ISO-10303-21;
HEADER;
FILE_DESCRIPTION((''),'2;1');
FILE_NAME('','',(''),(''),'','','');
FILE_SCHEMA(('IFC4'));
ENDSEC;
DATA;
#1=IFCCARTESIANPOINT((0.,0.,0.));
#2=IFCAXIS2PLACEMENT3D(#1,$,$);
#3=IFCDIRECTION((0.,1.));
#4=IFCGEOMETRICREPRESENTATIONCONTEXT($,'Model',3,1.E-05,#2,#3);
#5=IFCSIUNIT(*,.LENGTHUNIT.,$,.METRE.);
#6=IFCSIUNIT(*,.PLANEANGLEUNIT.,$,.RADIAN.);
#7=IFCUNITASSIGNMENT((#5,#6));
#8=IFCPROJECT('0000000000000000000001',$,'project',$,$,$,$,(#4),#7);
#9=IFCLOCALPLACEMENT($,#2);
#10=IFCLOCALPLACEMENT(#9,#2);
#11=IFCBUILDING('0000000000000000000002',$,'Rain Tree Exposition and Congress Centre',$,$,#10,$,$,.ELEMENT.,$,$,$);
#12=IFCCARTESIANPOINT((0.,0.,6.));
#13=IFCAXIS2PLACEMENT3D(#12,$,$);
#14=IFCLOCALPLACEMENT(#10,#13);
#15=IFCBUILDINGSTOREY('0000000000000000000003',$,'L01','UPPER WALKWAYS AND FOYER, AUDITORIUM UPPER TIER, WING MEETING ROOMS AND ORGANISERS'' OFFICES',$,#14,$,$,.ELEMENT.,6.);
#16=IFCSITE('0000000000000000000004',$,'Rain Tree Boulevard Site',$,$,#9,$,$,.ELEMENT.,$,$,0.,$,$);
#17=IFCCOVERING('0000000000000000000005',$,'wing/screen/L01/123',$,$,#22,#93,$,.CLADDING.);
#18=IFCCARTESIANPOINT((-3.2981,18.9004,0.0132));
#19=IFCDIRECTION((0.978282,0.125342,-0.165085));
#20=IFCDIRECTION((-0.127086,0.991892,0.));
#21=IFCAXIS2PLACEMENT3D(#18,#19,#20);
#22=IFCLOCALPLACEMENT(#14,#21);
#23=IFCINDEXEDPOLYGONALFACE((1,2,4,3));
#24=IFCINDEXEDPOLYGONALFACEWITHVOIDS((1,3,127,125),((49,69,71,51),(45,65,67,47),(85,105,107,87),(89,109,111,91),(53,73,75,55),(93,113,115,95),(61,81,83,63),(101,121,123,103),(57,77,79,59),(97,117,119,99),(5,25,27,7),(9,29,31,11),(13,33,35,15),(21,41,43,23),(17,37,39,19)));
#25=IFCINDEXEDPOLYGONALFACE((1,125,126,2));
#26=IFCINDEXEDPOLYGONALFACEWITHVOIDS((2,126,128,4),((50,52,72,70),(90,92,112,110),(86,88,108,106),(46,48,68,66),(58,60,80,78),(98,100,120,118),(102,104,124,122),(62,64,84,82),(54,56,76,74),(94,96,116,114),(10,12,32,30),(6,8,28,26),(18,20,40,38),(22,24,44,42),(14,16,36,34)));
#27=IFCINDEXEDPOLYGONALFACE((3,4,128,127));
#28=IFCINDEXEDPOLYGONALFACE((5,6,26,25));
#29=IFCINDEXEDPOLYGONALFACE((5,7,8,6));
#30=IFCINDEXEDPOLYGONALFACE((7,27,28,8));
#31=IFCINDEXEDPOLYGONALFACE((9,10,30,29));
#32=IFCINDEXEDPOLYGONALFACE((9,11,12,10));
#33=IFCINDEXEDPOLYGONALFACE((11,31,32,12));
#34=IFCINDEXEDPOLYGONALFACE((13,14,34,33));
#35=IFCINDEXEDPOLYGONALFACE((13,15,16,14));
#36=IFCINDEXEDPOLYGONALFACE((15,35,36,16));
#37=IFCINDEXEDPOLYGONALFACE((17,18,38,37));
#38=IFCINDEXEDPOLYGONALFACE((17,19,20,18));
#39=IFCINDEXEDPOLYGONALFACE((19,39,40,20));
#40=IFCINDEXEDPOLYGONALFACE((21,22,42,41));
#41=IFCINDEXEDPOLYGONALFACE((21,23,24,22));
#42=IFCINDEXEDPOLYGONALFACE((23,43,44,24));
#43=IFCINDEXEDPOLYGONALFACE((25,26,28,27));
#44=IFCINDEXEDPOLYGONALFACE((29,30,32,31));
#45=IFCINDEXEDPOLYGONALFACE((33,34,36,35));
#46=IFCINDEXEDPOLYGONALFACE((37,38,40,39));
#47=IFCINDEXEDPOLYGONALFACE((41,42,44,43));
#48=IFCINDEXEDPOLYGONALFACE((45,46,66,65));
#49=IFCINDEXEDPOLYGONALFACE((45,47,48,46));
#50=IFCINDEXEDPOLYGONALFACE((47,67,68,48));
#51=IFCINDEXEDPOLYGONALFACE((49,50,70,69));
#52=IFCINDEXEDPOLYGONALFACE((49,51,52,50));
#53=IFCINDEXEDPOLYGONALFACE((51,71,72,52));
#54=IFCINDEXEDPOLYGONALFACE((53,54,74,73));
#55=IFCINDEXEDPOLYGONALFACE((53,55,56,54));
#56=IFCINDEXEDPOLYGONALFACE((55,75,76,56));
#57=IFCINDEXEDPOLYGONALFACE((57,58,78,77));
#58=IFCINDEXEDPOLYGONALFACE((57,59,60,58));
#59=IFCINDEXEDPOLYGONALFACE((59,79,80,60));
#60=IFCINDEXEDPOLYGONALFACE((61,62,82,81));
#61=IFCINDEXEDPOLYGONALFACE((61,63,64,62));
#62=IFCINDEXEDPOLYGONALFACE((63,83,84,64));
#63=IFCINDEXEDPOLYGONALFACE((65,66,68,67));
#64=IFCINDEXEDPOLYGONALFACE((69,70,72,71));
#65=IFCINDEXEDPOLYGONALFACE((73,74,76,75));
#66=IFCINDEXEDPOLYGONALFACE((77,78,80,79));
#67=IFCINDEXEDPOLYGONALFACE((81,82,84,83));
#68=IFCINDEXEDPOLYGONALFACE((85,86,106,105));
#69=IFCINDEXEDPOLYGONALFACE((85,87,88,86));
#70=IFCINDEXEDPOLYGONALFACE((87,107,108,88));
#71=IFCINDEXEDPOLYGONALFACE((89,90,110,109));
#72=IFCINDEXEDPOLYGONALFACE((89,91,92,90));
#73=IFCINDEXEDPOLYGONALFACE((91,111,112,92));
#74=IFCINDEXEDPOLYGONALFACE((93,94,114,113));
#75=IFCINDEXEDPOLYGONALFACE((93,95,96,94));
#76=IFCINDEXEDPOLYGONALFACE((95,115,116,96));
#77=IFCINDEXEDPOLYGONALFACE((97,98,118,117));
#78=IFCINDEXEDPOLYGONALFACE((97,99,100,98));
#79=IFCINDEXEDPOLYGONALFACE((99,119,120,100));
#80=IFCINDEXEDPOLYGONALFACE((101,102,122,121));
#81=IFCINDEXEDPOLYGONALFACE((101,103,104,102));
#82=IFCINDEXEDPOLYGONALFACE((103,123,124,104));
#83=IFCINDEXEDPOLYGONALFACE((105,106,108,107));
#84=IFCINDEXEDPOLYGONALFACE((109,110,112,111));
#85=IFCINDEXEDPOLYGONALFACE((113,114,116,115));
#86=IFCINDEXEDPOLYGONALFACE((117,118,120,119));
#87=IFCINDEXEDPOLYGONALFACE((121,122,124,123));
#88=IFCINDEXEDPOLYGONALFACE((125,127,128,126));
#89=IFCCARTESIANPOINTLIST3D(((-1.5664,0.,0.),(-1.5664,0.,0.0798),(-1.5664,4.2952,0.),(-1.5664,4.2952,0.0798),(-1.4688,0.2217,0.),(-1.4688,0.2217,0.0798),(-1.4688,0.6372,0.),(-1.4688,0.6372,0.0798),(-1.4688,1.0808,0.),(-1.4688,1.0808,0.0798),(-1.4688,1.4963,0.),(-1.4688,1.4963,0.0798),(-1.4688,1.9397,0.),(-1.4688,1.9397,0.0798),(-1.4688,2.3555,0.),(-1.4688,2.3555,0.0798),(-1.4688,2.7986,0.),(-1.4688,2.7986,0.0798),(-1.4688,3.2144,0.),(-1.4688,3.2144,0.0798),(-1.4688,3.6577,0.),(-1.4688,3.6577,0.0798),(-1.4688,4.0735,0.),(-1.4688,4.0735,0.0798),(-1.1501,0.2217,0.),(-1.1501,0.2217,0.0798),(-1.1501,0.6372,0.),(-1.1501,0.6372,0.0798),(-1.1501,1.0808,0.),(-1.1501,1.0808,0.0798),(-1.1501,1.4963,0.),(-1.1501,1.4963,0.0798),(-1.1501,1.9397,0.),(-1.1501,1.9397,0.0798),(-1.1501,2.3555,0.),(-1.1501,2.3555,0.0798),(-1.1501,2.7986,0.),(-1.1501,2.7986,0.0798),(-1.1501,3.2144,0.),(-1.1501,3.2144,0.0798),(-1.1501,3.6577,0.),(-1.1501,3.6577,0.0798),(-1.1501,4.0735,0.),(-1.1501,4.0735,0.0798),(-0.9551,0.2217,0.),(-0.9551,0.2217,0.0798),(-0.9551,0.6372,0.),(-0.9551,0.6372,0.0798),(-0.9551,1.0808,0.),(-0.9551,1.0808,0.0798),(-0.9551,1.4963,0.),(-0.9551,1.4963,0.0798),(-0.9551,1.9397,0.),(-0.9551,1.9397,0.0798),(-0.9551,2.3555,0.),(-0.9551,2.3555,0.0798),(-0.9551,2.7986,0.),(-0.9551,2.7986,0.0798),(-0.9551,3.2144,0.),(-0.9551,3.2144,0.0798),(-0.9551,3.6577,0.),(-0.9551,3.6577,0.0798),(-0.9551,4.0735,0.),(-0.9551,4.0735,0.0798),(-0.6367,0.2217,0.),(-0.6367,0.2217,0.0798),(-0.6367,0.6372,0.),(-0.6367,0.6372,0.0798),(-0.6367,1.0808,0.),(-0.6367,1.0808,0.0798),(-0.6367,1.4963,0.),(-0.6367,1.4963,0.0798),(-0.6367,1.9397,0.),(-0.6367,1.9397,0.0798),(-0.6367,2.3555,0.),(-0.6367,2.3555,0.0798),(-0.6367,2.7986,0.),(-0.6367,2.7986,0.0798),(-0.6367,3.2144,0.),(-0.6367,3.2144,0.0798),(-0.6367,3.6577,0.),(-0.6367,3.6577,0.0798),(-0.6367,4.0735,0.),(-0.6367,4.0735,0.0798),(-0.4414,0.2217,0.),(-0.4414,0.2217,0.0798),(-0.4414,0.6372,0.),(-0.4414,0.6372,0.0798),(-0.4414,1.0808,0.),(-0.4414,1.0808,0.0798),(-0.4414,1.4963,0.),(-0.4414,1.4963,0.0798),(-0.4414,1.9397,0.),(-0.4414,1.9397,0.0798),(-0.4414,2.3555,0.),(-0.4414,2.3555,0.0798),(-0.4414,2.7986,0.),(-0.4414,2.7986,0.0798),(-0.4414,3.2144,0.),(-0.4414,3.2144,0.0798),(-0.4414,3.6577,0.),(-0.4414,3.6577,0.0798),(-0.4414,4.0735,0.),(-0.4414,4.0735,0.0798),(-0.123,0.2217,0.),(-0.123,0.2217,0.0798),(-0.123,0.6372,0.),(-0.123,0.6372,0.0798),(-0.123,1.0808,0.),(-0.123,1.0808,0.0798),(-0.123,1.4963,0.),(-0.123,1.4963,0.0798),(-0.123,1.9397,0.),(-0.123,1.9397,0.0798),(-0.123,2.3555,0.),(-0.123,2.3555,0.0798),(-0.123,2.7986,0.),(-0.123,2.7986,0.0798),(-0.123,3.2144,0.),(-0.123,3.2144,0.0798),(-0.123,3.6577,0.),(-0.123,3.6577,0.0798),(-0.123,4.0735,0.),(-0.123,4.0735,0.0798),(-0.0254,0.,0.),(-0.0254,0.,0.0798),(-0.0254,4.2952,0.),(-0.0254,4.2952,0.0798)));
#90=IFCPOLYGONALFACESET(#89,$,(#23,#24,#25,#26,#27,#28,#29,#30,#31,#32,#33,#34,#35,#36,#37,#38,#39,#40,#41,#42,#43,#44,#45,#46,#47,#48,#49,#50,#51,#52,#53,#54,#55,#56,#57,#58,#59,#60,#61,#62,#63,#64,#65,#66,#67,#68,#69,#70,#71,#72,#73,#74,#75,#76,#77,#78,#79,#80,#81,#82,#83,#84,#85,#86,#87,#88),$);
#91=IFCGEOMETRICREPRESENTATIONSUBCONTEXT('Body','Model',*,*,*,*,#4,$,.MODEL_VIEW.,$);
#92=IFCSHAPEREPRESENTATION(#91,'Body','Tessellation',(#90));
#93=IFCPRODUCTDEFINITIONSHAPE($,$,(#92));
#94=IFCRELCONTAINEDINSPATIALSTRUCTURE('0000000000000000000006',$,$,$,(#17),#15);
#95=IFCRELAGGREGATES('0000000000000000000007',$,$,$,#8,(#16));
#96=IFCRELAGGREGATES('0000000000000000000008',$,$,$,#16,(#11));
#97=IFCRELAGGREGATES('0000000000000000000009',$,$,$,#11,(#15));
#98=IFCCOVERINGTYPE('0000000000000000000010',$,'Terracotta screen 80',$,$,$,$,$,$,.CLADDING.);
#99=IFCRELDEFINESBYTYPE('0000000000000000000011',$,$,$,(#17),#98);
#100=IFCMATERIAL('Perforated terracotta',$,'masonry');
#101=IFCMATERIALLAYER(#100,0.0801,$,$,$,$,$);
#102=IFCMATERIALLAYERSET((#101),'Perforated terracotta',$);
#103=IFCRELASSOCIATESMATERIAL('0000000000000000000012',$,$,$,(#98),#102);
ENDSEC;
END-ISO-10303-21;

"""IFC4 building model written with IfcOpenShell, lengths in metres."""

from ifc_helpers import new_model, si_unit, direction, frame, origin, place, context, subcontext, project, spatial, polyline, outline, extrude, material, layer, layer_set, type_object, element, save


model = new_model("IFC4")

# Units and contexts
model_context = context("Model", 3, precision=1e-05, world=origin(), true_north=direction((0.0, 1.0)))
body_context = subcontext(model_context, "Body", "Model", "MODEL_VIEW")
ifc_project = project(units=[si_unit("LENGTHUNIT", "METRE"), si_unit("PLANEANGLEUNIT", "RADIAN")], contexts=[model_context])

# Site, building, storey
site_placement = place(None, origin())
site = spatial("IfcSite", under=ifc_project, at=site_placement, Name="Rain Tree Boulevard Site", CompositionType="ELEMENT", RefElevation=0.0)
building_placement = place(site_placement, origin())
building = spatial("IfcBuilding", under=site, at=building_placement, Name="Rain Tree Exposition and Congress Centre", CompositionType="ELEMENT")
storey_placement = place(building_placement, frame((0.0, 0.0, 6.0)))
storey = spatial("IfcBuildingStorey", under=building, at=storey_placement, Name="L01", Description="UPPER WALKWAYS AND FOYER, AUDITORIUM UPPER TIER, WING MEETING ROOMS AND ORGANISERS' OFFICES", CompositionType="ELEMENT", Elevation=6.0)

# Covering
ifc_material_1 = material(Name="Perforated terracotta", Category="masonry")
ifc_layer_1 = layer(ifc_material_1, 0.0801)
ifc_layer_set_1 = layer_set([ifc_layer_1], Name="Perforated terracotta")
covering_type = type_object("IfcCoveringType", Name="Terracotta screen 80", PredefinedType="CLADDING", material=ifc_layer_set_1)
covering_1_placement = place(storey_placement, frame((-3.2981, 18.9004, 0.0132), z_axis=(0.978282, 0.125342, -0.165085), x_axis=(-0.127086, 0.991892, 0.0)))
element("IfcCovering", 1, at=covering_1_placement, inside=storey, type_object=covering_type, Name="wing/screen/L01/123", PredefinedType="CLADDING", context=body_context, shape_type="SweptSolid", body=[
    extrude(outline(polyline([(-1.5664, 0.0), (-1.5664, 4.2952), (-0.0254, 4.2952), (-0.0254, 0.0), (-1.5664, 0.0)]), holes=[polyline([(-0.123, 0.2217), (-0.123, 0.6372), (-0.4414, 0.6372), (-0.4414, 0.2217), (-0.123, 0.2217)]), polyline([(-0.123, 1.0808), (-0.123, 1.4963), (-0.4414, 1.4963), (-0.4414, 1.0808), (-0.123, 1.0808)]), polyline([(-0.123, 1.9397), (-0.123, 2.3555), (-0.4414, 2.3555), (-0.4414, 1.9397), (-0.123, 1.9397)]), polyline([(-0.123, 2.7986), (-0.123, 3.2144), (-0.4414, 3.2144), (-0.4414, 2.7986), (-0.123, 2.7986)]), polyline([(-0.123, 3.6577), (-0.123, 4.0735), (-0.4414, 4.0735), (-0.4414, 3.6577), (-0.123, 3.6577)]), polyline([(-0.6367, 0.2217), (-0.6367, 0.6372), (-0.9551, 0.6372), (-0.9551, 0.2217), (-0.6367, 0.2217)]), polyline([(-0.6367, 1.0808), (-0.6367, 1.4963), (-0.9551, 1.4963), (-0.9551, 1.0808), (-0.6367, 1.0808)]), polyline([(-0.6367, 1.9397), (-0.6367, 2.3555), (-0.9551, 2.3555), (-0.9551, 1.9397), (-0.6367, 1.9397)]), polyline([(-0.6367, 2.7986), (-0.6367, 3.2144), (-0.9551, 3.2144), (-0.9551, 2.7986), (-0.6367, 2.7986)]), polyline([(-0.6367, 3.6577), (-0.6367, 4.0735), (-0.9551, 4.0735), (-0.9551, 3.6577), (-0.6367, 3.6577)]), polyline([(-1.1501, 0.2217), (-1.1501, 0.6372), (-1.4688, 0.6372), (-1.4688, 0.2217), (-1.1501, 0.2217)]), polyline([(-1.1501, 1.0808), (-1.1501, 1.4963), (-1.4688, 1.4963), (-1.4688, 1.0808), (-1.1501, 1.0808)]), polyline([(-1.1501, 1.9397), (-1.1501, 2.3555), (-1.4688, 2.3555), (-1.4688, 1.9397), (-1.1501, 1.9397)]), polyline([(-1.1501, 2.7986), (-1.1501, 3.2144), (-1.4688, 3.2144), (-1.4688, 2.7986), (-1.1501, 2.7986)]), polyline([(-1.1501, 3.6577), (-1.1501, 4.0735), (-1.4688, 4.0735), (-1.4688, 3.6577), (-1.1501, 3.6577)])]), origin(), (0.0, 0.0, 1.0), 0.0798),
])

save(model, "model.ifc")
